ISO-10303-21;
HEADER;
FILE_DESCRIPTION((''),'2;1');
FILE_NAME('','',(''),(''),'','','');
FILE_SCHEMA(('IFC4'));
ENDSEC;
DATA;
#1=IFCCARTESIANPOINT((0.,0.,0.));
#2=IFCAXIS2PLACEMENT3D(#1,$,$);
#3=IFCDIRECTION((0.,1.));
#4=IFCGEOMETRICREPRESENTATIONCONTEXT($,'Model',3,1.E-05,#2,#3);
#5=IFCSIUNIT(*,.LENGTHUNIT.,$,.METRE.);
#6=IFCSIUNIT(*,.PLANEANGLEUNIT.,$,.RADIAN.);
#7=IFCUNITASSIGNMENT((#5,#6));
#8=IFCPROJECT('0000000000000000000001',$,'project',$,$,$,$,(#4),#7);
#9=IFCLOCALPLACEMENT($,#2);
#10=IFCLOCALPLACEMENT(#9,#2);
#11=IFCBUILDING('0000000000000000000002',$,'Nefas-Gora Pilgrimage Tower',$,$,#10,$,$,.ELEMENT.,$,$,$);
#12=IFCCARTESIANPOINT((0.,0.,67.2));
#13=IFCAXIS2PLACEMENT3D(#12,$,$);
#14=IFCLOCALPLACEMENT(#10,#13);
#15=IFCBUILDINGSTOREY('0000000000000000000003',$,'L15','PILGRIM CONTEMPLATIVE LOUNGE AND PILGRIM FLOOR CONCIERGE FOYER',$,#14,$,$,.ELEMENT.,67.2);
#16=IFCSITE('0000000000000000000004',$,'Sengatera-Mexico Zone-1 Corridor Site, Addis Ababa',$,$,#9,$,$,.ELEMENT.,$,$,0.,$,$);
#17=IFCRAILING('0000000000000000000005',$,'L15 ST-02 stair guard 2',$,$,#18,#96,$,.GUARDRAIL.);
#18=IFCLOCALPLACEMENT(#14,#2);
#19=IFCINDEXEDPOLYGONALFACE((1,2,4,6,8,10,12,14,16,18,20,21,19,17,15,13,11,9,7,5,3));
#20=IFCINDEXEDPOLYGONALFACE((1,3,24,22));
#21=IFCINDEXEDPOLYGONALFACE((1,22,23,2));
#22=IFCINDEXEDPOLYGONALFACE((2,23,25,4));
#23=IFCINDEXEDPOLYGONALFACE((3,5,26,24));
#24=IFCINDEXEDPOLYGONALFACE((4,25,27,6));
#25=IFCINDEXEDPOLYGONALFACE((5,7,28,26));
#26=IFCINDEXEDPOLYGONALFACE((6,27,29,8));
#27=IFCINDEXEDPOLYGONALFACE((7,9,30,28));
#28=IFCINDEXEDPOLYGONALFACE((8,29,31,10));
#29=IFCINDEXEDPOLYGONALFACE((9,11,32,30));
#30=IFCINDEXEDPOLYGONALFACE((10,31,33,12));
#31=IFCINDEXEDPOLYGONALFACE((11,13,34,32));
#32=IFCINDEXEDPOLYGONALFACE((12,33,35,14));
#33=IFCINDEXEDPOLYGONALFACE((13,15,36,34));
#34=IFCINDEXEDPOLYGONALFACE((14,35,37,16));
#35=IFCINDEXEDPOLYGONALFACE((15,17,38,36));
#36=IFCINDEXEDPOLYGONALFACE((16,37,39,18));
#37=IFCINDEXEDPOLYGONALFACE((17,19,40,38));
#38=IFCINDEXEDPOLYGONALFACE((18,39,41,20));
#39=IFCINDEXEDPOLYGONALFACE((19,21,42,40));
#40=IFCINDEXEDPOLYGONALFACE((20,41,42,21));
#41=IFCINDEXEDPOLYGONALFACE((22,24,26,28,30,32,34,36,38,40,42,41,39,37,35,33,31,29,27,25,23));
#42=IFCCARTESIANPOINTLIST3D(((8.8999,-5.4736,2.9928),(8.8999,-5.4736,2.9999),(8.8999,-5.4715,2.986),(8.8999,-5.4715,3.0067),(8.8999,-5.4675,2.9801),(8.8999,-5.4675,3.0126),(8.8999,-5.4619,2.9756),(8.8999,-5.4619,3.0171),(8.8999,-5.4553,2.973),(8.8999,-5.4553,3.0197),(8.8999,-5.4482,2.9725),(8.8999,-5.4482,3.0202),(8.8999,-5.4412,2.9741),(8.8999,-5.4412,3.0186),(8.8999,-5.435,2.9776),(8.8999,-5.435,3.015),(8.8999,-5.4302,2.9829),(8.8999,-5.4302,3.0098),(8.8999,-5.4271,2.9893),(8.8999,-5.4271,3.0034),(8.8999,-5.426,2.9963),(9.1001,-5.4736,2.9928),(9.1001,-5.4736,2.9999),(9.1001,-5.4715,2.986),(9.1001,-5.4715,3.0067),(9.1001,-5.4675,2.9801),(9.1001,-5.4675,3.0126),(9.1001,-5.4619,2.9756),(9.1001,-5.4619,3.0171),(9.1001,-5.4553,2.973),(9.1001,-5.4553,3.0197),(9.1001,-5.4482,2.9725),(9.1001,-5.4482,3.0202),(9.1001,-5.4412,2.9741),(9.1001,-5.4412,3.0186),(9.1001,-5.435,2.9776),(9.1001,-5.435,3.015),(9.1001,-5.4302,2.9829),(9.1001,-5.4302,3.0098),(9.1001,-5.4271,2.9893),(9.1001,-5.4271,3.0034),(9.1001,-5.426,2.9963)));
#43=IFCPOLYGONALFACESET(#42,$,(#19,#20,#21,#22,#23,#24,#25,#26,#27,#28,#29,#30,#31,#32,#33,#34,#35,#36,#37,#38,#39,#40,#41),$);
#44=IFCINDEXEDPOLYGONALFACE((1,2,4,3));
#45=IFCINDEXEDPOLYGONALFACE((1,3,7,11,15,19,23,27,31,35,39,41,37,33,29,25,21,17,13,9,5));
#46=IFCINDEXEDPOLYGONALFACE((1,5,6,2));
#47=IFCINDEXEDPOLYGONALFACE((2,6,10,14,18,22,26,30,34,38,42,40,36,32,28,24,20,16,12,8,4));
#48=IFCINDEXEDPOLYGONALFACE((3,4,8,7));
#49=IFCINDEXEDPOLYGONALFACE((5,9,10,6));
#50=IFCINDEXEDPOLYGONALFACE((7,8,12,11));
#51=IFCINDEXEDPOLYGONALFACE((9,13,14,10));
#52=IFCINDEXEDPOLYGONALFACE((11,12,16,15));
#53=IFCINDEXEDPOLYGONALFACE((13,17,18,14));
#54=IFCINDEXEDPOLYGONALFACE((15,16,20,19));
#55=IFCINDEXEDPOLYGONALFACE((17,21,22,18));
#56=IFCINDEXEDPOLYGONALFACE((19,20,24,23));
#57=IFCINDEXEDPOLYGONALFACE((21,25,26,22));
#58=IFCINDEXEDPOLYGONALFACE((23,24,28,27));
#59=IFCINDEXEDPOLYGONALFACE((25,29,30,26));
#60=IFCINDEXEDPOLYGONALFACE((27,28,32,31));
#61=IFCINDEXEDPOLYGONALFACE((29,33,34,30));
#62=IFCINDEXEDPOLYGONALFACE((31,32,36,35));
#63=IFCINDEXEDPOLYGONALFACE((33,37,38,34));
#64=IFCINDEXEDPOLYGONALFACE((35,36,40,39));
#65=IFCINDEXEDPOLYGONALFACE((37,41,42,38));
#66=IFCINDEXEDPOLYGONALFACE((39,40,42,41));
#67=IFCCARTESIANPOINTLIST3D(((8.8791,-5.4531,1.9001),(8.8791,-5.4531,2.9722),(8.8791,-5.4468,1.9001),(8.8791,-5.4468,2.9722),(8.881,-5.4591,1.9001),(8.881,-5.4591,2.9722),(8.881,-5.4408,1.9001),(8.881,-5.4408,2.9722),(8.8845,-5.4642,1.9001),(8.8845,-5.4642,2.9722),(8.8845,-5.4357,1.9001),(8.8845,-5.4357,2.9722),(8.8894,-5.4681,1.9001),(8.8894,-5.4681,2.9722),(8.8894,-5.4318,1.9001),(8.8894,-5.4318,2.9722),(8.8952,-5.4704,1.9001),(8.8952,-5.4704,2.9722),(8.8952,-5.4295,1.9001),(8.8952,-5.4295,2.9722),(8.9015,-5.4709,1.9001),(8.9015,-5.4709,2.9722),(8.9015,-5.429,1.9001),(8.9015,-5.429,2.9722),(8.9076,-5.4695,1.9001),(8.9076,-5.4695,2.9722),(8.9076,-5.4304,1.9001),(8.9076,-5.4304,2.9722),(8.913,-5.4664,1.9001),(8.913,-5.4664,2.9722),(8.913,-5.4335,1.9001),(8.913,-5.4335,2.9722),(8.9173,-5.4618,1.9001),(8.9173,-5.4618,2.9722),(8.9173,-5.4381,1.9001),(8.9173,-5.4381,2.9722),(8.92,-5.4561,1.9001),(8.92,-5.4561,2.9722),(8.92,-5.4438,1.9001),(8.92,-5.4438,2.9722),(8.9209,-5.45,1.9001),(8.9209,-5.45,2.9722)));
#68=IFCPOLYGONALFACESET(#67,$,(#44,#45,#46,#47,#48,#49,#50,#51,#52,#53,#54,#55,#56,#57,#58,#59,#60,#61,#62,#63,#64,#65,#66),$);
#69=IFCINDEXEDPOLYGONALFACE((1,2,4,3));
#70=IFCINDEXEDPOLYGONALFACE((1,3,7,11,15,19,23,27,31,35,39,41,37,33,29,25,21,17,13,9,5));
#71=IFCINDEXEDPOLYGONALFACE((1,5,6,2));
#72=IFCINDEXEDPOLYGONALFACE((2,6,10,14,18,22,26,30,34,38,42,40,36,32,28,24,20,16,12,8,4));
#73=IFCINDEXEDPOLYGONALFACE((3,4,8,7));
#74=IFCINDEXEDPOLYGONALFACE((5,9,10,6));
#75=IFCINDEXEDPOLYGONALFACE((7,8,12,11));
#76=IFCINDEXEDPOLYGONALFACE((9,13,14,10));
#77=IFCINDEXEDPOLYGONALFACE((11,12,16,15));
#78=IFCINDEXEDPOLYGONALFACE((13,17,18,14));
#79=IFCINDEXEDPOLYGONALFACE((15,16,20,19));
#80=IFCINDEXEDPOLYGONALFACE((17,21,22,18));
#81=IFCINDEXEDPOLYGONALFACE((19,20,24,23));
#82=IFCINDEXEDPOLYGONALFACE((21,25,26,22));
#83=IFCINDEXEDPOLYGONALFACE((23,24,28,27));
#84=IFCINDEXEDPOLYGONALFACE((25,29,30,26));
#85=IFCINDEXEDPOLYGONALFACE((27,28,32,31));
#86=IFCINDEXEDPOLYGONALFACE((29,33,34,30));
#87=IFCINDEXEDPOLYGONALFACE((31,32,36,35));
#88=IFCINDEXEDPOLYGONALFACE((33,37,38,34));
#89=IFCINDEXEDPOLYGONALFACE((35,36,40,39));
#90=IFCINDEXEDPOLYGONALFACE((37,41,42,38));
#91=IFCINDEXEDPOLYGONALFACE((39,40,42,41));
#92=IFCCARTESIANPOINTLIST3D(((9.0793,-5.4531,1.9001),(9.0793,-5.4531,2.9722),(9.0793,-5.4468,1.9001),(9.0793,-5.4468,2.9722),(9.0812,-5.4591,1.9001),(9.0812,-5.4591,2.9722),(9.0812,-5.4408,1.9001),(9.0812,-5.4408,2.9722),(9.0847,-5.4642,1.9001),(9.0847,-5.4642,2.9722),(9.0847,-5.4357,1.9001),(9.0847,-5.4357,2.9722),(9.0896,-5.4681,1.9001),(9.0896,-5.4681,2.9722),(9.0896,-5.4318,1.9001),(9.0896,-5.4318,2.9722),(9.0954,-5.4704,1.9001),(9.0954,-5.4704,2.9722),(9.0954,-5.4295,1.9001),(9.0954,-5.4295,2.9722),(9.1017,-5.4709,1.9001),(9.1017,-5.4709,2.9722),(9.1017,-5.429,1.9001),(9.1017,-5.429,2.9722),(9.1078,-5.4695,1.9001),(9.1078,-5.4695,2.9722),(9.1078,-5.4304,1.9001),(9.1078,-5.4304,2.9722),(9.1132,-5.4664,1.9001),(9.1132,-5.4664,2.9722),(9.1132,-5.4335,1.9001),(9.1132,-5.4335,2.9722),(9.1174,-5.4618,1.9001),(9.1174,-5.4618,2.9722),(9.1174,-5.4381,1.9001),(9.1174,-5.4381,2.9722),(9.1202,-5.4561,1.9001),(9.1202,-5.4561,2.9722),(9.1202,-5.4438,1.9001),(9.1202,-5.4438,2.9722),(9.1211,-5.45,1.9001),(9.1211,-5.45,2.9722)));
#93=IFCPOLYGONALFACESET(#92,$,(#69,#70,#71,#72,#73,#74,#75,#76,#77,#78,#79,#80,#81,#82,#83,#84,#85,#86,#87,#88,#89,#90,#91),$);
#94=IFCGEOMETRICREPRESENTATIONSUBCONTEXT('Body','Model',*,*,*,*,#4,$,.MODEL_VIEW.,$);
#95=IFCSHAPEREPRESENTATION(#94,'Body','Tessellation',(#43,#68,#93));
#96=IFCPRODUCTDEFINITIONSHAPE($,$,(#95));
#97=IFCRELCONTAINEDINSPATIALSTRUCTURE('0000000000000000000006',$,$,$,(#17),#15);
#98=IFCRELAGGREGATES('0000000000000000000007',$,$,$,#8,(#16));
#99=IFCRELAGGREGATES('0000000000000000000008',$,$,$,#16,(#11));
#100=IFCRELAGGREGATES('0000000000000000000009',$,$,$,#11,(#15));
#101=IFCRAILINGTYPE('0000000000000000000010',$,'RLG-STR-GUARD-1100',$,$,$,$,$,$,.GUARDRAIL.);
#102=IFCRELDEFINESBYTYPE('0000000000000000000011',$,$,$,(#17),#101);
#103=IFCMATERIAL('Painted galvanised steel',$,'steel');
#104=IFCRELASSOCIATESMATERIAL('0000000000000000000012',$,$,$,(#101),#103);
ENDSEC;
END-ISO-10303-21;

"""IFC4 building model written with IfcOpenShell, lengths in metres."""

from ifc_helpers import new_model, si_unit, direction, frame, origin, origin_2d, place, context, subcontext, project, spatial, circle, extrude, material, type_object, element, save


model = new_model("IFC4")

# Units and contexts
model_context = context("Model", 3, precision=1e-05, world=origin(), true_north=direction((0.0, 1.0)))
body_context = subcontext(model_context, "Body", "Model", "MODEL_VIEW")
ifc_project = project(units=[si_unit("LENGTHUNIT", "METRE"), si_unit("PLANEANGLEUNIT", "RADIAN")], contexts=[model_context])

# Site, building, storey
site_placement = place(None, origin())
site = spatial("IfcSite", under=ifc_project, at=site_placement, Name="Sengatera-Mexico Zone-1 Corridor Site, Addis Ababa", CompositionType="ELEMENT", RefElevation=0.0)
building_placement = place(site_placement, origin())
building = spatial("IfcBuilding", under=site, at=building_placement, Name="Nefas-Gora Pilgrimage Tower", CompositionType="ELEMENT")
storey_placement = place(building_placement, frame((0.0, 0.0, 67.2)))
storey = spatial("IfcBuildingStorey", under=building, at=storey_placement, Name="L15", Description="PILGRIM CONTEMPLATIVE LOUNGE AND PILGRIM FLOOR CONCIERGE FOYER", CompositionType="ELEMENT", Elevation=67.2)

# Railing
ifc_material_1 = material(Name="Painted galvanised steel", Category="steel")
railing_type_1 = type_object("IfcRailingType", Name="RLG-STR-GUARD-1100", PredefinedType="GUARDRAIL", material=ifc_material_1)
railing_1_placement = place(storey_placement, frame((8.8999, -5.45, 1.9001)))
element("IfcRailing", 1, at=railing_1_placement, inside=storey, type_object=railing_type_1, Name="L15 ST-02 stair guard 2", PredefinedType="GUARDRAIL", context=body_context, shape_type="SweptSolid", body=[
    extrude(circle(Radius=0.0239, at=origin_2d()), frame((0.0, 0.0, 1.0962), z_axis=(1.0, 0.0, 0.0), x_axis=(0.0, 1.0, 0.0)), (0.0, 0.0, 1.0), 0.2002),
    extrude(circle(Radius=0.021, at=origin_2d()), origin(), (0.0, 0.0, 1.0), 1.072),
    extrude(circle(Radius=0.021, at=origin_2d()), frame((0.2002, 0.0, 0.0)), (0.0, 0.0, 1.0), 1.072),
])

save(model, "model.ifc")
